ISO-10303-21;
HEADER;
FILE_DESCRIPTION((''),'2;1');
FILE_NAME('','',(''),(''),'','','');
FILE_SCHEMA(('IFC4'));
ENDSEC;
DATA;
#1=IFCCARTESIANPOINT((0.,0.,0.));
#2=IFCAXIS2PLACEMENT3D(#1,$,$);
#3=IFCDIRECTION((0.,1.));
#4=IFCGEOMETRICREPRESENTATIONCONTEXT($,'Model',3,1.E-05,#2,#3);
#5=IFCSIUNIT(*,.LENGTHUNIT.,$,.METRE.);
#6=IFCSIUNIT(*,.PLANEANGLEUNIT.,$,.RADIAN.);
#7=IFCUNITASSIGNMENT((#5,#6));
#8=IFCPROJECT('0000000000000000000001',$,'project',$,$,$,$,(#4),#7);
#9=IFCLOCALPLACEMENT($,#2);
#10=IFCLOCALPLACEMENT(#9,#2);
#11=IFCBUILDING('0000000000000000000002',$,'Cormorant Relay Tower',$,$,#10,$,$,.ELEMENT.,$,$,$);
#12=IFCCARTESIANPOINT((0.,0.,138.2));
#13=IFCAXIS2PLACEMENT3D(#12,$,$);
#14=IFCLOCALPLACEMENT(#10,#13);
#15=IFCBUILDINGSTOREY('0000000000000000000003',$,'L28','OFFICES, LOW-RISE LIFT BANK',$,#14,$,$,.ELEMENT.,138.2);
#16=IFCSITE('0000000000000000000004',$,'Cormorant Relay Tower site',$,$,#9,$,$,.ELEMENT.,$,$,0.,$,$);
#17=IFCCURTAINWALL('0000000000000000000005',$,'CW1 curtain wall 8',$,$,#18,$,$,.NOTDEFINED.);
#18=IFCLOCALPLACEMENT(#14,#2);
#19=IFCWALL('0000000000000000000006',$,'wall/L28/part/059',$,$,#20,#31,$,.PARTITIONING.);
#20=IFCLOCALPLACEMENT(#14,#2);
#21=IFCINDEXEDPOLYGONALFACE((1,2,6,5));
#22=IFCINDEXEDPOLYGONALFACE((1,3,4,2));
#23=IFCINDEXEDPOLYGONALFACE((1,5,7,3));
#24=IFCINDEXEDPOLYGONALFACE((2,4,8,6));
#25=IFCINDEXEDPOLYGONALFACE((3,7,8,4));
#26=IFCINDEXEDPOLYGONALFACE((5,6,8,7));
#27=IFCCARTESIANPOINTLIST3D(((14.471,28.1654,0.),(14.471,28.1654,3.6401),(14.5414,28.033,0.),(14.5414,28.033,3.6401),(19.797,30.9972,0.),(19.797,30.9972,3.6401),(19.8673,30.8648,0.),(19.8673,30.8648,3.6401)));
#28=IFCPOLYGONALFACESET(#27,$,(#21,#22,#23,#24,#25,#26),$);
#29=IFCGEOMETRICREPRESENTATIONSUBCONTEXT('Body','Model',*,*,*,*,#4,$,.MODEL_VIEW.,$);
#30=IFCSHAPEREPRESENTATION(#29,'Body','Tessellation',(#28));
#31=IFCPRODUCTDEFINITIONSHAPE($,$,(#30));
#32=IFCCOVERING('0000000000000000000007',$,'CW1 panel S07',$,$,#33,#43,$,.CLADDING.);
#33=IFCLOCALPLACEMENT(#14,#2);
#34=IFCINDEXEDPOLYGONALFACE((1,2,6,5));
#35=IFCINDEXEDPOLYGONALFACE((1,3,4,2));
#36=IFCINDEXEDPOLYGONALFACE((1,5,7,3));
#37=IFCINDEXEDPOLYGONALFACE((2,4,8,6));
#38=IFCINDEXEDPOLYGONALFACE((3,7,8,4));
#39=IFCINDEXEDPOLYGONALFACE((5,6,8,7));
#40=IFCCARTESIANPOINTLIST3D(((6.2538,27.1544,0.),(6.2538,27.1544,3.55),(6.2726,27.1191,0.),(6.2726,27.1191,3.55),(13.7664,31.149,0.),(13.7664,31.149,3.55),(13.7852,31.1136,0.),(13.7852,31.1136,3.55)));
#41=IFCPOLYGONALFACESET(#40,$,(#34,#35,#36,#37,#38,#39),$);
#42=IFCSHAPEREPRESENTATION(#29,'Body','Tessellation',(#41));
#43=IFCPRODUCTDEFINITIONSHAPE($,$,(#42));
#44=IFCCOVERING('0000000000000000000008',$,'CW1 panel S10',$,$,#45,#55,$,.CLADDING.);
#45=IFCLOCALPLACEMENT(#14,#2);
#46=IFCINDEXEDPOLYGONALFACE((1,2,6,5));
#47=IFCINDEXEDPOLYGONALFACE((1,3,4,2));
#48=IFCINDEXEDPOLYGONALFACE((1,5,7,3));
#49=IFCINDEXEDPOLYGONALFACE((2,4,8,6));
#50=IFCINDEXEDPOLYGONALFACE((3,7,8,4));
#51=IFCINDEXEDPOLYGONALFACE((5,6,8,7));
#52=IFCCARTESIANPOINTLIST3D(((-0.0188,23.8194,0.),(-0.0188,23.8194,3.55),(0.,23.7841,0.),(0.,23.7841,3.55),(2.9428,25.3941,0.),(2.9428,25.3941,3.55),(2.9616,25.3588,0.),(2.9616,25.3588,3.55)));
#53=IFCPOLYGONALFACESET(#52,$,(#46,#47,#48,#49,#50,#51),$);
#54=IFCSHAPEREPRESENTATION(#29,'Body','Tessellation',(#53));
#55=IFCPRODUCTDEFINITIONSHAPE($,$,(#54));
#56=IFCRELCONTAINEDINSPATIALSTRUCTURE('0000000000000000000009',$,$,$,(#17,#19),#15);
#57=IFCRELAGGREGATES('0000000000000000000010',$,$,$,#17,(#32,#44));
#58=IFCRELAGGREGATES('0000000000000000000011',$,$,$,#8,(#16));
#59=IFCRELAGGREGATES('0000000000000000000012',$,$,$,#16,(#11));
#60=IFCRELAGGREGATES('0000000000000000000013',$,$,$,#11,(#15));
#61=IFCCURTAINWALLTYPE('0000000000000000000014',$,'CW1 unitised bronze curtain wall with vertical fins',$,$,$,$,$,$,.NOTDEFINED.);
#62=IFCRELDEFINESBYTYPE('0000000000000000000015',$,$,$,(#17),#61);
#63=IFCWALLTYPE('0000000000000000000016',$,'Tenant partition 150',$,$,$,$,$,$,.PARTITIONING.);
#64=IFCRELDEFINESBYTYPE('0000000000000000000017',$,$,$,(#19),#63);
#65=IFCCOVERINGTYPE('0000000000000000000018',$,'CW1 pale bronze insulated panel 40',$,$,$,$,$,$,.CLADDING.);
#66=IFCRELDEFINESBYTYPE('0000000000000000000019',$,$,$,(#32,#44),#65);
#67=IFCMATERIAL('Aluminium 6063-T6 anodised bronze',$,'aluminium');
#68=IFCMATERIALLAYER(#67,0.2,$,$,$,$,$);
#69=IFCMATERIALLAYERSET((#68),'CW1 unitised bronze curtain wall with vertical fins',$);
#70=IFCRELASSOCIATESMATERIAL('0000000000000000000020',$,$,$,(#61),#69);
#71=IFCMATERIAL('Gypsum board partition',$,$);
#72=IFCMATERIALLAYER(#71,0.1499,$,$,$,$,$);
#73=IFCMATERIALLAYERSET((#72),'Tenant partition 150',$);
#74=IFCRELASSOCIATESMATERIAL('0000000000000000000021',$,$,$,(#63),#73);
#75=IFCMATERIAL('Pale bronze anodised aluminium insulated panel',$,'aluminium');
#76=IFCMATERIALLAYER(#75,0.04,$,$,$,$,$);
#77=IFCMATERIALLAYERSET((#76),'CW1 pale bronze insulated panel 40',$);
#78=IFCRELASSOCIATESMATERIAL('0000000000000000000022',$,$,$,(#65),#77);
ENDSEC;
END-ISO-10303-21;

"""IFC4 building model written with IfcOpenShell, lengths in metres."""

from ifc_helpers import new_model, si_unit, direction, frame, frame_2d, origin, origin_2d, place, context, subcontext, project, spatial, rectangle, extrude, material, layer, layer_set, type_object, element, aggregate, save


model = new_model("IFC4")

# Units and contexts
model_context = context("Model", 3, precision=1e-05, world=origin(), true_north=direction((0.0, 1.0)))
body_context = subcontext(model_context, "Body", "Model", "MODEL_VIEW")
ifc_project = project(units=[si_unit("LENGTHUNIT", "METRE"), si_unit("PLANEANGLEUNIT", "RADIAN")], contexts=[model_context])

# Site, building, storey
site_placement = place(None, origin())
site = spatial("IfcSite", under=ifc_project, at=site_placement, Name="Cormorant Relay Tower site", CompositionType="ELEMENT", RefElevation=0.0)
building_placement = place(site_placement, origin())
building = spatial("IfcBuilding", under=site, at=building_placement, Name="Cormorant Relay Tower", CompositionType="ELEMENT")
storey_placement = place(building_placement, frame((0.0, 0.0, 138.2)))
storey = spatial("IfcBuildingStorey", under=building, at=storey_placement, Name="L28", Description="OFFICES, LOW-RISE LIFT BANK", CompositionType="ELEMENT", Elevation=138.2)

# Curtain wall
ifc_material_1 = material(Name="Aluminium 6063-T6 anodised bronze", Category="aluminium")
ifc_layer_1 = layer(ifc_material_1, 0.2)
ifc_layer_set_1 = layer_set([ifc_layer_1], Name="CW1 unitised bronze curtain wall with vertical fins")
curtain_wall_type = type_object("IfcCurtainWallType", Name="CW1 unitised bronze curtain wall with vertical fins", PredefinedType="NOTDEFINED", material=ifc_layer_set_1)
curtain_wall_1_placement = place(storey_placement, origin())
curtain_wall_1 = element("IfcCurtainWall", 1, at=curtain_wall_1_placement, inside=storey, type_object=curtain_wall_type, Name="CW1 curtain wall 8", PredefinedType="NOTDEFINED")

# Wall
ifc_material_2 = material(Name="Gypsum board partition")
ifc_layer_2 = layer(ifc_material_2, 0.1499)
ifc_layer_set_2 = layer_set([ifc_layer_2], Name="Tenant partition 150")
wall_type_1 = type_object("IfcWallType", Name="Tenant partition 150", PredefinedType="PARTITIONING", material=ifc_layer_set_2)
wall_1_placement = place(storey_placement, frame((14.5061, 28.0991, 0.0), z_axis=(0.0, 0.0, 1.0), x_axis=(0.882952, 0.469464, 0.0)))
element("IfcWall", 2, at=wall_1_placement, inside=storey, type_object=wall_type_1, Name="wall/L28/part/059", PredefinedType="PARTITIONING", context=body_context, shape_type="SweptSolid", body=[
    extrude(rectangle(XDim=6.032, YDim=0.1499, at=frame_2d((3.0161, 0.0))), origin(), (0.0, 0.0, 1.0), 3.6401),
])

# Coverings
ifc_material_3 = material(Name="Pale bronze anodised aluminium insulated panel", Category="aluminium")
ifc_layer_3 = layer(ifc_material_3, 0.04)
ifc_layer_set_3 = layer_set([ifc_layer_3], Name="CW1 pale bronze insulated panel 40")
covering_type = type_object("IfcCoveringType", Name="CW1 pale bronze insulated panel 40", PredefinedType="CLADDING", material=ifc_layer_set_3)
covering_1_placement = place(storey_placement, frame((10.0195, 29.134, 0.0), z_axis=(0.0, 0.0, 1.0), x_axis=(-0.882948, -0.469472, 0.0)))
covering_1 = element("IfcCovering", 3, at=covering_1_placement, type_object=covering_type, Name="CW1 panel S07", PredefinedType="CLADDING", context=body_context, shape_type="SweptSolid", body=[
    extrude(rectangle(XDim=8.5085, YDim=0.04, at=origin_2d()), origin(), (0.0, 0.0, 1.0), 3.55),
])
covering_2_placement = place(storey_placement, frame((1.4714, 24.5891, 0.0), z_axis=(0.0, 0.0, 1.0), x_axis=(-0.882948, -0.469472, 0.0)))
covering_2 = element("IfcCovering", 4, at=covering_2_placement, type_object=covering_type, Name="CW1 panel S10", PredefinedType="CLADDING", context=body_context, shape_type="SweptSolid", body=[
    extrude(rectangle(XDim=3.3542, YDim=0.04, at=origin_2d()), origin(), (0.0, 0.0, 1.0), 3.55),
])
aggregate(curtain_wall_1, [covering_1, covering_2])

save(model, "model.ifc")
